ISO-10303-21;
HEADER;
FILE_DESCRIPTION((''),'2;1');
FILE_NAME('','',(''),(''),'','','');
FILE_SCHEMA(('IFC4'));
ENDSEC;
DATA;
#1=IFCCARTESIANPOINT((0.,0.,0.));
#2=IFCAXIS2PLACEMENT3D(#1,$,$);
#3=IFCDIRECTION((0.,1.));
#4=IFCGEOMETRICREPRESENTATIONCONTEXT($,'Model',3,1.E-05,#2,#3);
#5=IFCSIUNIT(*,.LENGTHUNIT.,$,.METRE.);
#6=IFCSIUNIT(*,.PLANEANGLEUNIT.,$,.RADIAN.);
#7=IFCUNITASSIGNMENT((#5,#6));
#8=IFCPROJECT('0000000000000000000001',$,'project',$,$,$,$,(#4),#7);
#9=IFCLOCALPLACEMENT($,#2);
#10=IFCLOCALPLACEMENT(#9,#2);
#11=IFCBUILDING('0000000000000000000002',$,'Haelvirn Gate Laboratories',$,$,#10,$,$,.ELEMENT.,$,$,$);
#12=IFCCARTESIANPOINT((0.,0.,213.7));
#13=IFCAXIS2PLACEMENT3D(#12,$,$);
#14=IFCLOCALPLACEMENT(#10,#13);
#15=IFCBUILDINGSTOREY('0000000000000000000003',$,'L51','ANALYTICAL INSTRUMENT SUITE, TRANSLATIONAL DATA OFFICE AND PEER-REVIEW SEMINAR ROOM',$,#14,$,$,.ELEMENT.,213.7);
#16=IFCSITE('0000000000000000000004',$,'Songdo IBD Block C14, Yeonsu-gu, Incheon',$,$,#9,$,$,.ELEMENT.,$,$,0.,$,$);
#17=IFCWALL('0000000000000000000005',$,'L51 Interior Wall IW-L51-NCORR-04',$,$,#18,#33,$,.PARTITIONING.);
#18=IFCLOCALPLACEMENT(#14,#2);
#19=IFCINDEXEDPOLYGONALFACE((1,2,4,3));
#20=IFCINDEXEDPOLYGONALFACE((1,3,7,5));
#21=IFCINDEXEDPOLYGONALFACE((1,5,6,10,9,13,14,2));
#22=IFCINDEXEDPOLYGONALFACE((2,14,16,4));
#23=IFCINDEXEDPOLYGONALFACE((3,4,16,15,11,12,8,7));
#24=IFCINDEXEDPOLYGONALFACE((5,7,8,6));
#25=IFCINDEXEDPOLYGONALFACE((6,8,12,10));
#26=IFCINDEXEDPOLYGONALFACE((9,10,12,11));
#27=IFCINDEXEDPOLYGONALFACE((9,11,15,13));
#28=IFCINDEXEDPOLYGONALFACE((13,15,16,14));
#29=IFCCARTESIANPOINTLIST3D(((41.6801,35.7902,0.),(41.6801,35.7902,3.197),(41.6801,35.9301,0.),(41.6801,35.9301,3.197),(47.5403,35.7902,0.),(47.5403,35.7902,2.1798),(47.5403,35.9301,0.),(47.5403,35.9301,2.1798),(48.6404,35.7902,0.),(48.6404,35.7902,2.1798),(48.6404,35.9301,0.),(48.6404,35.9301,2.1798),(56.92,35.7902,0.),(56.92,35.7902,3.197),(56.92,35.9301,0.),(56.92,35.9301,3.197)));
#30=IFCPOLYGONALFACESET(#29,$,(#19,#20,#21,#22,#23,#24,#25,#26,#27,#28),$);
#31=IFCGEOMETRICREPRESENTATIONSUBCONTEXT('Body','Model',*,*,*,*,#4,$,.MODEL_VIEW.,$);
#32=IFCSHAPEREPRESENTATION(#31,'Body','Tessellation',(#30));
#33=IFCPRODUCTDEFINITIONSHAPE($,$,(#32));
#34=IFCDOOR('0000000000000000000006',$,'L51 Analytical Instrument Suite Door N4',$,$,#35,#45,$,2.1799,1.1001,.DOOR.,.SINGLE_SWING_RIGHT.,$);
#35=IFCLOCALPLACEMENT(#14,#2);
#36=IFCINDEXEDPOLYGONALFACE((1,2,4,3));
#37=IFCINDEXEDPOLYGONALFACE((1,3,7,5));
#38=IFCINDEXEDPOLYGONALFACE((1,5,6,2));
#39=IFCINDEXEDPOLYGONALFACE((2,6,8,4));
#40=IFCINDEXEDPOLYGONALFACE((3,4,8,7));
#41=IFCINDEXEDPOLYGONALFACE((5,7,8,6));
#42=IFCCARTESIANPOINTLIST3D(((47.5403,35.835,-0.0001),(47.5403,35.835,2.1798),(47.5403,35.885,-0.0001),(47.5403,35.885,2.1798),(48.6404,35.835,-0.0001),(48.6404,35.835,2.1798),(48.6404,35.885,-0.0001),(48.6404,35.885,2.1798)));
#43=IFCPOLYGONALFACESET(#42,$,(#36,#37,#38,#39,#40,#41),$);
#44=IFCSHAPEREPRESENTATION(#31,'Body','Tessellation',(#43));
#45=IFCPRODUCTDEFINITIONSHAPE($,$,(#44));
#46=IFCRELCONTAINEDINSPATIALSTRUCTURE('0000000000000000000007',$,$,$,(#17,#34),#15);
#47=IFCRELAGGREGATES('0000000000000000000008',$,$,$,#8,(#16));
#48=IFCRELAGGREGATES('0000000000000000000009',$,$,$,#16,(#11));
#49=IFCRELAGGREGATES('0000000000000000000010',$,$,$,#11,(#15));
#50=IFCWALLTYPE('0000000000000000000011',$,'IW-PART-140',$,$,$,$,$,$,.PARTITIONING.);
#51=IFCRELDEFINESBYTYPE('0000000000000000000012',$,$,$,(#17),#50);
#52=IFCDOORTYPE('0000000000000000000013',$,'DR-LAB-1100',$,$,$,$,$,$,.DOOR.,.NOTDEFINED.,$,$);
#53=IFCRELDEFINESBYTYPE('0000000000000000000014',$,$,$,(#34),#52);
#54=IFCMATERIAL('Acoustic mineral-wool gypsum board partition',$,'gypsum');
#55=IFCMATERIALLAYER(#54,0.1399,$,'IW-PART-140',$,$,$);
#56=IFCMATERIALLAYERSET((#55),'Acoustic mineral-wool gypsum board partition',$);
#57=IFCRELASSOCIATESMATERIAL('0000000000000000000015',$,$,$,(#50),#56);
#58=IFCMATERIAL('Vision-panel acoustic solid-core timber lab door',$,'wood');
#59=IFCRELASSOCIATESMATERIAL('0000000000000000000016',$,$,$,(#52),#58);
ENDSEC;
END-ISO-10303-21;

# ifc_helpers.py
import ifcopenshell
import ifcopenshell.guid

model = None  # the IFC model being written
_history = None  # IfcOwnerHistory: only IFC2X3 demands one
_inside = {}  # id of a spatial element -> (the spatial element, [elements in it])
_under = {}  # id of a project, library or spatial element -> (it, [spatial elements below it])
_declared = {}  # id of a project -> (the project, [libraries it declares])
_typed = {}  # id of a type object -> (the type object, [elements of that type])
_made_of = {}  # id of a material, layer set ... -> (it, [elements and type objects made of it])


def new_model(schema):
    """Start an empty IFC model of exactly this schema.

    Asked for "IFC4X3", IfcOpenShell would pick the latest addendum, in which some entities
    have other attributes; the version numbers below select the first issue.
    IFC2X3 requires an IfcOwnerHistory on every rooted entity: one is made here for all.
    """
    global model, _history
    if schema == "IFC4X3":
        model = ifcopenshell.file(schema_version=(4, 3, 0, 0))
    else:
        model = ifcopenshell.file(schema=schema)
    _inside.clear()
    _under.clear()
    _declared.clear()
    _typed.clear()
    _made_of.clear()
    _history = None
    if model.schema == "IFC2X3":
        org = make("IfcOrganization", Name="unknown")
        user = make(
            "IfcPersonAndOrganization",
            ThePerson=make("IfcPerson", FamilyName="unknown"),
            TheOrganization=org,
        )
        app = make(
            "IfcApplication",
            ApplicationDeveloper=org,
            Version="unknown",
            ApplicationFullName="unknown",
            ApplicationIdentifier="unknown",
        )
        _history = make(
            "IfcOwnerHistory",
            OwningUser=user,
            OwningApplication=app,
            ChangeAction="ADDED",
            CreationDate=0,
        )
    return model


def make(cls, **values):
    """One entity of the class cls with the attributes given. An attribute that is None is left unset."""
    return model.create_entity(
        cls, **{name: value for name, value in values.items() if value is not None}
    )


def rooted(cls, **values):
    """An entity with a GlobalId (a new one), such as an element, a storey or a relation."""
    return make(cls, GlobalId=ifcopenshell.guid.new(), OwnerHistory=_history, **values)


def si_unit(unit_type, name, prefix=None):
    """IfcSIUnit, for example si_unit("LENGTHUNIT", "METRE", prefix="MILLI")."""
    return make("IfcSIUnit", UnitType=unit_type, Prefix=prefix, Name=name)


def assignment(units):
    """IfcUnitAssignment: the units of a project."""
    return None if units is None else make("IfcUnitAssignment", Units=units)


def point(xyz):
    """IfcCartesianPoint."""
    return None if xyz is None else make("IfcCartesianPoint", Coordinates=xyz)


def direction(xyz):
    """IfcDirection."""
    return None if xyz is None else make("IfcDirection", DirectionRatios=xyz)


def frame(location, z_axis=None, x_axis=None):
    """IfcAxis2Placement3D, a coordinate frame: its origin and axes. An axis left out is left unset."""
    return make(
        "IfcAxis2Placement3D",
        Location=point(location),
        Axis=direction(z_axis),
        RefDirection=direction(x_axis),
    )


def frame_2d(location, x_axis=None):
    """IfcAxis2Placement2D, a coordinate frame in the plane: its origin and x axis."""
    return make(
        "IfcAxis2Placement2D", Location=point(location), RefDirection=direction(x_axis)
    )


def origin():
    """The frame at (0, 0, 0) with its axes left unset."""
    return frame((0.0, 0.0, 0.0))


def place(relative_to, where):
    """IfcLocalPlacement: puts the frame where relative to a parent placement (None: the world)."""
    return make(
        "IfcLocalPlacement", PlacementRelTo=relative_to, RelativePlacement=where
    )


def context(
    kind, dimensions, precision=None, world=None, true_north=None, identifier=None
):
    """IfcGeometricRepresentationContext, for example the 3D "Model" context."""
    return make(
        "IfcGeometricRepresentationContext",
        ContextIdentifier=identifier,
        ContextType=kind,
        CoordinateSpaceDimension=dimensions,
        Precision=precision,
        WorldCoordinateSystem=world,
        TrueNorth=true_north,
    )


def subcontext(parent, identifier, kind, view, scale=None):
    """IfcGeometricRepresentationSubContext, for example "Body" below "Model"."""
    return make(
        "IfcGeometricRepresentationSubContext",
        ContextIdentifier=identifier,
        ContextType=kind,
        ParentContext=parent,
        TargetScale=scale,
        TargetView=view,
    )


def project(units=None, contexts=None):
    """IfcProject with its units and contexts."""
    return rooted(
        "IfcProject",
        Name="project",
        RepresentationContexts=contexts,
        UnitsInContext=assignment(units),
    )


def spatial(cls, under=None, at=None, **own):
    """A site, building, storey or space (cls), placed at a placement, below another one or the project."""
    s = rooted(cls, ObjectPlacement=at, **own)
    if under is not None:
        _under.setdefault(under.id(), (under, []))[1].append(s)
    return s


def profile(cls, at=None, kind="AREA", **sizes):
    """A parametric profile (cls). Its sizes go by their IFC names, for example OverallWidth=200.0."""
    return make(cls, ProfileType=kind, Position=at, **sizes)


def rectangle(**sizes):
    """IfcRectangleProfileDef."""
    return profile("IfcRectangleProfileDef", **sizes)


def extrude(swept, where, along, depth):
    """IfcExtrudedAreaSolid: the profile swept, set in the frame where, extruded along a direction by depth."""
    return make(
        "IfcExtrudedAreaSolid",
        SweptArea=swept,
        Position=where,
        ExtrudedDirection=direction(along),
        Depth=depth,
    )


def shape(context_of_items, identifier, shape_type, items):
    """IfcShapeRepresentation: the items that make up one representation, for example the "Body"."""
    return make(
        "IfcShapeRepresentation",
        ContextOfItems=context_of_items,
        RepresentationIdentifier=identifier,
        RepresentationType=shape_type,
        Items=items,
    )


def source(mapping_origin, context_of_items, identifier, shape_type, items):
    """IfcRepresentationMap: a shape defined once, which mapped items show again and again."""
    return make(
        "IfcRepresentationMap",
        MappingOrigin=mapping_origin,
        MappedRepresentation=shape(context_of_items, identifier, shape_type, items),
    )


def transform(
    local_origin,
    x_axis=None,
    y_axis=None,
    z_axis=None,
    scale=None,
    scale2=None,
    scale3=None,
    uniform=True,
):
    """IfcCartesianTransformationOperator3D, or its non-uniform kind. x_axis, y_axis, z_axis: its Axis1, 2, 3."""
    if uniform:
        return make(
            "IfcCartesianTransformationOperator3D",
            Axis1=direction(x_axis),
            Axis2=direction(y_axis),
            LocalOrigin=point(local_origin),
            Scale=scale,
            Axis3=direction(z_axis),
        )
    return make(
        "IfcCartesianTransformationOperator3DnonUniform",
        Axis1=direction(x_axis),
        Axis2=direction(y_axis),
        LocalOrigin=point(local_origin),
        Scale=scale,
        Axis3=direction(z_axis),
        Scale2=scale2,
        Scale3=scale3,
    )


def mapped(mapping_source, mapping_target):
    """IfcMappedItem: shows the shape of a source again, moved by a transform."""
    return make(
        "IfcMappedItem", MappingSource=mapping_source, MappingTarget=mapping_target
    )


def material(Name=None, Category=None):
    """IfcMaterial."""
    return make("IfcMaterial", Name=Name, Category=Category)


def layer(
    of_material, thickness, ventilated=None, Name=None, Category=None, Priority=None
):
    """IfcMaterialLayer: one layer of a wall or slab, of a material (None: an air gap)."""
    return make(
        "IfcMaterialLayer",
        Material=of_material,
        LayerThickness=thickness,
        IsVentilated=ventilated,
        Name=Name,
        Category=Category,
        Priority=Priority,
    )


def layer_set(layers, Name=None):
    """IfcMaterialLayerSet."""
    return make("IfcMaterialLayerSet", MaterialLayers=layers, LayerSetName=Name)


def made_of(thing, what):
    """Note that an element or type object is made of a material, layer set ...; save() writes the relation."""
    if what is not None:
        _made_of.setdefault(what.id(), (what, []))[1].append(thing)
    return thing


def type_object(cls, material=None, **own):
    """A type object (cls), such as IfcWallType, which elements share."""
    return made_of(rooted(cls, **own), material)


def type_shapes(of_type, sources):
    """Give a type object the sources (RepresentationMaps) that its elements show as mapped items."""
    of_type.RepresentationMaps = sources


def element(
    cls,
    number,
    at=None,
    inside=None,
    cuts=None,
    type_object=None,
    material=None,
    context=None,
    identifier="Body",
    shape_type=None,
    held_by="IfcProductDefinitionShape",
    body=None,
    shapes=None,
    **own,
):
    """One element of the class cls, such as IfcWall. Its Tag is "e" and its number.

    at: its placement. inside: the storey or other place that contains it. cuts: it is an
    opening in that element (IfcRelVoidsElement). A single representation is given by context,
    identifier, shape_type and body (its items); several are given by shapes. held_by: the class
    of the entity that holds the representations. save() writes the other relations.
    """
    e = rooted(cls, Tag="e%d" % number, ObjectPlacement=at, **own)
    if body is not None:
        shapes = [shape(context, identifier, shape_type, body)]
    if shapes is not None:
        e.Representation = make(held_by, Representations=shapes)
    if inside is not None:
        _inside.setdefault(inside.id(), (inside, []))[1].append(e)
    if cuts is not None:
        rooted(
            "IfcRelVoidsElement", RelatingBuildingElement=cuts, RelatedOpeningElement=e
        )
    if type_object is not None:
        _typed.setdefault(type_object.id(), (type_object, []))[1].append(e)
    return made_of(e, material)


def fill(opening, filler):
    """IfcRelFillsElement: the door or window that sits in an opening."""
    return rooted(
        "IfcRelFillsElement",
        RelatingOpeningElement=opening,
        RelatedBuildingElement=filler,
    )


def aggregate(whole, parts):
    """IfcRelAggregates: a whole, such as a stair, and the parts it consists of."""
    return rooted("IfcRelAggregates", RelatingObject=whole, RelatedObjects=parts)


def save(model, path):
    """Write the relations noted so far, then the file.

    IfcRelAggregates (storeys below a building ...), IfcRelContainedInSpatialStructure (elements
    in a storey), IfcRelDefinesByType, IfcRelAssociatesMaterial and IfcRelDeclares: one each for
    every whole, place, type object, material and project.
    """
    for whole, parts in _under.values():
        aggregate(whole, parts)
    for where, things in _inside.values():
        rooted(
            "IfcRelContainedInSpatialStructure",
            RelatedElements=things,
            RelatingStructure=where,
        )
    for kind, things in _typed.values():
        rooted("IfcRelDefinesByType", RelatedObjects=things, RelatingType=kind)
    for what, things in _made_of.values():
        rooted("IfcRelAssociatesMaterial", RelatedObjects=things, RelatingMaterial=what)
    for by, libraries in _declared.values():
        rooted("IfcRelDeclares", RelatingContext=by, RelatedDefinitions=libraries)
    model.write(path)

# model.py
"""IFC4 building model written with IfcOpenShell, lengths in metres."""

from ifc_helpers import new_model, si_unit, direction, frame, frame_2d, origin, place, context, subcontext, project, spatial, rectangle, extrude, source, transform, mapped, material, layer, layer_set, type_object, type_shapes, element, fill, save


model = new_model("IFC4")

# Units and contexts
model_context = context("Model", 3, precision=1e-05, world=origin(), true_north=direction((0.0, 1.0)))
body_context = subcontext(model_context, "Body", "Model", "MODEL_VIEW")
ifc_project = project(units=[si_unit("LENGTHUNIT", "METRE"), si_unit("PLANEANGLEUNIT", "RADIAN")], contexts=[model_context])

# Site, building, storey
site_placement = place(None, origin())
site = spatial("IfcSite", under=ifc_project, at=site_placement, Name="Songdo IBD Block C14, Yeonsu-gu, Incheon", CompositionType="ELEMENT", RefElevation=0.0)
building_placement = place(site_placement, origin())
building = spatial("IfcBuilding", under=site, at=building_placement, Name="Haelvirn Gate Laboratories", CompositionType="ELEMENT")
storey_placement = place(building_placement, frame((0.0, 0.0, 213.7)))
storey = spatial("IfcBuildingStorey", under=building, at=storey_placement, Name="L51", Description="ANALYTICAL INSTRUMENT SUITE, TRANSLATIONAL DATA OFFICE AND PEER-REVIEW SEMINAR ROOM", CompositionType="ELEMENT", Elevation=213.7)

# Wall, opening, door
ifc_material_1 = material(Name="Acoustic mineral-wool gypsum board partition", Category="gypsum")
ifc_layer_1 = layer(ifc_material_1, 0.1399, Name="IW-PART-140")
ifc_layer_set_1 = layer_set([ifc_layer_1], Name="Acoustic mineral-wool gypsum board partition")
wall_type_1 = type_object("IfcWallType", Name="IW-PART-140", PredefinedType="PARTITIONING", material=ifc_layer_set_1)
wall_1_placement = place(storey_placement, frame((41.6799, 35.8601, 0.0), z_axis=(0.0, 0.0, 1.0), x_axis=(1.0, 0.0, 0.0)))
wall_1 = element("IfcWall", 1, at=wall_1_placement, inside=storey, type_object=wall_type_1, Name="L51 Interior Wall IW-L51-NCORR-04", PredefinedType="PARTITIONING", context=body_context, shape_type="SweptSolid", body=[
    extrude(rectangle(XDim=15.24, YDim=0.1399, at=frame_2d((7.6201, 0.0))), origin(), (0.0, 0.0, 1.0), 3.197),
])
opening_placement = place(wall_1_placement, frame((5.8604, 0.0, 0.0)))
opening = element("IfcOpeningElement", 2, at=opening_placement, cuts=wall_1, PredefinedType="OPENING", context=body_context, shape_type="SweptSolid", body=[
    extrude(rectangle(XDim=1.1001, YDim=2.1799, at=frame_2d((0.55, 1.0898))), frame((0.0, 0.0801, 0.0), z_axis=(0.0, -1.0, 0.0), x_axis=(1.0, 0.0, 0.0)), (0.0, 0.0, 1.0), 0.1599),
])
ifc_material_2 = material(Name="Vision-panel acoustic solid-core timber lab door", Category="wood")
door_type = type_object("IfcDoorType", Name="DR-LAB-1100", OperationType="NOTDEFINED", PredefinedType="DOOR", material=ifc_material_2)
shared_shape_1 = source(origin(), body_context, "Body", "SweptSolid", [
    extrude(rectangle(XDim=1.1001, YDim=2.1799, at=frame_2d((0.55, 1.0898))), frame((0.0, 0.0249, 0.0), z_axis=(0.0, -1.0, 0.0), x_axis=(1.0, 0.0, 0.0)), (0.0, 0.0, 1.0), 0.05),
])
type_shapes(door_type, [shared_shape_1])
door_placement = place(opening_placement, origin())
door = element("IfcDoor", 3, at=door_placement, inside=storey, type_object=door_type, Name="L51 Analytical Instrument Suite Door N4", OperationType="SINGLE_SWING_RIGHT", OverallHeight=2.1799, OverallWidth=1.1001, PredefinedType="DOOR", context=body_context, shape_type="MappedRepresentation", body=[
    mapped(shared_shape_1, transform((0.0, 0.0, 0.0), scale=1.0)),
])
fill(opening, door)

save(model, "model.ifc")
